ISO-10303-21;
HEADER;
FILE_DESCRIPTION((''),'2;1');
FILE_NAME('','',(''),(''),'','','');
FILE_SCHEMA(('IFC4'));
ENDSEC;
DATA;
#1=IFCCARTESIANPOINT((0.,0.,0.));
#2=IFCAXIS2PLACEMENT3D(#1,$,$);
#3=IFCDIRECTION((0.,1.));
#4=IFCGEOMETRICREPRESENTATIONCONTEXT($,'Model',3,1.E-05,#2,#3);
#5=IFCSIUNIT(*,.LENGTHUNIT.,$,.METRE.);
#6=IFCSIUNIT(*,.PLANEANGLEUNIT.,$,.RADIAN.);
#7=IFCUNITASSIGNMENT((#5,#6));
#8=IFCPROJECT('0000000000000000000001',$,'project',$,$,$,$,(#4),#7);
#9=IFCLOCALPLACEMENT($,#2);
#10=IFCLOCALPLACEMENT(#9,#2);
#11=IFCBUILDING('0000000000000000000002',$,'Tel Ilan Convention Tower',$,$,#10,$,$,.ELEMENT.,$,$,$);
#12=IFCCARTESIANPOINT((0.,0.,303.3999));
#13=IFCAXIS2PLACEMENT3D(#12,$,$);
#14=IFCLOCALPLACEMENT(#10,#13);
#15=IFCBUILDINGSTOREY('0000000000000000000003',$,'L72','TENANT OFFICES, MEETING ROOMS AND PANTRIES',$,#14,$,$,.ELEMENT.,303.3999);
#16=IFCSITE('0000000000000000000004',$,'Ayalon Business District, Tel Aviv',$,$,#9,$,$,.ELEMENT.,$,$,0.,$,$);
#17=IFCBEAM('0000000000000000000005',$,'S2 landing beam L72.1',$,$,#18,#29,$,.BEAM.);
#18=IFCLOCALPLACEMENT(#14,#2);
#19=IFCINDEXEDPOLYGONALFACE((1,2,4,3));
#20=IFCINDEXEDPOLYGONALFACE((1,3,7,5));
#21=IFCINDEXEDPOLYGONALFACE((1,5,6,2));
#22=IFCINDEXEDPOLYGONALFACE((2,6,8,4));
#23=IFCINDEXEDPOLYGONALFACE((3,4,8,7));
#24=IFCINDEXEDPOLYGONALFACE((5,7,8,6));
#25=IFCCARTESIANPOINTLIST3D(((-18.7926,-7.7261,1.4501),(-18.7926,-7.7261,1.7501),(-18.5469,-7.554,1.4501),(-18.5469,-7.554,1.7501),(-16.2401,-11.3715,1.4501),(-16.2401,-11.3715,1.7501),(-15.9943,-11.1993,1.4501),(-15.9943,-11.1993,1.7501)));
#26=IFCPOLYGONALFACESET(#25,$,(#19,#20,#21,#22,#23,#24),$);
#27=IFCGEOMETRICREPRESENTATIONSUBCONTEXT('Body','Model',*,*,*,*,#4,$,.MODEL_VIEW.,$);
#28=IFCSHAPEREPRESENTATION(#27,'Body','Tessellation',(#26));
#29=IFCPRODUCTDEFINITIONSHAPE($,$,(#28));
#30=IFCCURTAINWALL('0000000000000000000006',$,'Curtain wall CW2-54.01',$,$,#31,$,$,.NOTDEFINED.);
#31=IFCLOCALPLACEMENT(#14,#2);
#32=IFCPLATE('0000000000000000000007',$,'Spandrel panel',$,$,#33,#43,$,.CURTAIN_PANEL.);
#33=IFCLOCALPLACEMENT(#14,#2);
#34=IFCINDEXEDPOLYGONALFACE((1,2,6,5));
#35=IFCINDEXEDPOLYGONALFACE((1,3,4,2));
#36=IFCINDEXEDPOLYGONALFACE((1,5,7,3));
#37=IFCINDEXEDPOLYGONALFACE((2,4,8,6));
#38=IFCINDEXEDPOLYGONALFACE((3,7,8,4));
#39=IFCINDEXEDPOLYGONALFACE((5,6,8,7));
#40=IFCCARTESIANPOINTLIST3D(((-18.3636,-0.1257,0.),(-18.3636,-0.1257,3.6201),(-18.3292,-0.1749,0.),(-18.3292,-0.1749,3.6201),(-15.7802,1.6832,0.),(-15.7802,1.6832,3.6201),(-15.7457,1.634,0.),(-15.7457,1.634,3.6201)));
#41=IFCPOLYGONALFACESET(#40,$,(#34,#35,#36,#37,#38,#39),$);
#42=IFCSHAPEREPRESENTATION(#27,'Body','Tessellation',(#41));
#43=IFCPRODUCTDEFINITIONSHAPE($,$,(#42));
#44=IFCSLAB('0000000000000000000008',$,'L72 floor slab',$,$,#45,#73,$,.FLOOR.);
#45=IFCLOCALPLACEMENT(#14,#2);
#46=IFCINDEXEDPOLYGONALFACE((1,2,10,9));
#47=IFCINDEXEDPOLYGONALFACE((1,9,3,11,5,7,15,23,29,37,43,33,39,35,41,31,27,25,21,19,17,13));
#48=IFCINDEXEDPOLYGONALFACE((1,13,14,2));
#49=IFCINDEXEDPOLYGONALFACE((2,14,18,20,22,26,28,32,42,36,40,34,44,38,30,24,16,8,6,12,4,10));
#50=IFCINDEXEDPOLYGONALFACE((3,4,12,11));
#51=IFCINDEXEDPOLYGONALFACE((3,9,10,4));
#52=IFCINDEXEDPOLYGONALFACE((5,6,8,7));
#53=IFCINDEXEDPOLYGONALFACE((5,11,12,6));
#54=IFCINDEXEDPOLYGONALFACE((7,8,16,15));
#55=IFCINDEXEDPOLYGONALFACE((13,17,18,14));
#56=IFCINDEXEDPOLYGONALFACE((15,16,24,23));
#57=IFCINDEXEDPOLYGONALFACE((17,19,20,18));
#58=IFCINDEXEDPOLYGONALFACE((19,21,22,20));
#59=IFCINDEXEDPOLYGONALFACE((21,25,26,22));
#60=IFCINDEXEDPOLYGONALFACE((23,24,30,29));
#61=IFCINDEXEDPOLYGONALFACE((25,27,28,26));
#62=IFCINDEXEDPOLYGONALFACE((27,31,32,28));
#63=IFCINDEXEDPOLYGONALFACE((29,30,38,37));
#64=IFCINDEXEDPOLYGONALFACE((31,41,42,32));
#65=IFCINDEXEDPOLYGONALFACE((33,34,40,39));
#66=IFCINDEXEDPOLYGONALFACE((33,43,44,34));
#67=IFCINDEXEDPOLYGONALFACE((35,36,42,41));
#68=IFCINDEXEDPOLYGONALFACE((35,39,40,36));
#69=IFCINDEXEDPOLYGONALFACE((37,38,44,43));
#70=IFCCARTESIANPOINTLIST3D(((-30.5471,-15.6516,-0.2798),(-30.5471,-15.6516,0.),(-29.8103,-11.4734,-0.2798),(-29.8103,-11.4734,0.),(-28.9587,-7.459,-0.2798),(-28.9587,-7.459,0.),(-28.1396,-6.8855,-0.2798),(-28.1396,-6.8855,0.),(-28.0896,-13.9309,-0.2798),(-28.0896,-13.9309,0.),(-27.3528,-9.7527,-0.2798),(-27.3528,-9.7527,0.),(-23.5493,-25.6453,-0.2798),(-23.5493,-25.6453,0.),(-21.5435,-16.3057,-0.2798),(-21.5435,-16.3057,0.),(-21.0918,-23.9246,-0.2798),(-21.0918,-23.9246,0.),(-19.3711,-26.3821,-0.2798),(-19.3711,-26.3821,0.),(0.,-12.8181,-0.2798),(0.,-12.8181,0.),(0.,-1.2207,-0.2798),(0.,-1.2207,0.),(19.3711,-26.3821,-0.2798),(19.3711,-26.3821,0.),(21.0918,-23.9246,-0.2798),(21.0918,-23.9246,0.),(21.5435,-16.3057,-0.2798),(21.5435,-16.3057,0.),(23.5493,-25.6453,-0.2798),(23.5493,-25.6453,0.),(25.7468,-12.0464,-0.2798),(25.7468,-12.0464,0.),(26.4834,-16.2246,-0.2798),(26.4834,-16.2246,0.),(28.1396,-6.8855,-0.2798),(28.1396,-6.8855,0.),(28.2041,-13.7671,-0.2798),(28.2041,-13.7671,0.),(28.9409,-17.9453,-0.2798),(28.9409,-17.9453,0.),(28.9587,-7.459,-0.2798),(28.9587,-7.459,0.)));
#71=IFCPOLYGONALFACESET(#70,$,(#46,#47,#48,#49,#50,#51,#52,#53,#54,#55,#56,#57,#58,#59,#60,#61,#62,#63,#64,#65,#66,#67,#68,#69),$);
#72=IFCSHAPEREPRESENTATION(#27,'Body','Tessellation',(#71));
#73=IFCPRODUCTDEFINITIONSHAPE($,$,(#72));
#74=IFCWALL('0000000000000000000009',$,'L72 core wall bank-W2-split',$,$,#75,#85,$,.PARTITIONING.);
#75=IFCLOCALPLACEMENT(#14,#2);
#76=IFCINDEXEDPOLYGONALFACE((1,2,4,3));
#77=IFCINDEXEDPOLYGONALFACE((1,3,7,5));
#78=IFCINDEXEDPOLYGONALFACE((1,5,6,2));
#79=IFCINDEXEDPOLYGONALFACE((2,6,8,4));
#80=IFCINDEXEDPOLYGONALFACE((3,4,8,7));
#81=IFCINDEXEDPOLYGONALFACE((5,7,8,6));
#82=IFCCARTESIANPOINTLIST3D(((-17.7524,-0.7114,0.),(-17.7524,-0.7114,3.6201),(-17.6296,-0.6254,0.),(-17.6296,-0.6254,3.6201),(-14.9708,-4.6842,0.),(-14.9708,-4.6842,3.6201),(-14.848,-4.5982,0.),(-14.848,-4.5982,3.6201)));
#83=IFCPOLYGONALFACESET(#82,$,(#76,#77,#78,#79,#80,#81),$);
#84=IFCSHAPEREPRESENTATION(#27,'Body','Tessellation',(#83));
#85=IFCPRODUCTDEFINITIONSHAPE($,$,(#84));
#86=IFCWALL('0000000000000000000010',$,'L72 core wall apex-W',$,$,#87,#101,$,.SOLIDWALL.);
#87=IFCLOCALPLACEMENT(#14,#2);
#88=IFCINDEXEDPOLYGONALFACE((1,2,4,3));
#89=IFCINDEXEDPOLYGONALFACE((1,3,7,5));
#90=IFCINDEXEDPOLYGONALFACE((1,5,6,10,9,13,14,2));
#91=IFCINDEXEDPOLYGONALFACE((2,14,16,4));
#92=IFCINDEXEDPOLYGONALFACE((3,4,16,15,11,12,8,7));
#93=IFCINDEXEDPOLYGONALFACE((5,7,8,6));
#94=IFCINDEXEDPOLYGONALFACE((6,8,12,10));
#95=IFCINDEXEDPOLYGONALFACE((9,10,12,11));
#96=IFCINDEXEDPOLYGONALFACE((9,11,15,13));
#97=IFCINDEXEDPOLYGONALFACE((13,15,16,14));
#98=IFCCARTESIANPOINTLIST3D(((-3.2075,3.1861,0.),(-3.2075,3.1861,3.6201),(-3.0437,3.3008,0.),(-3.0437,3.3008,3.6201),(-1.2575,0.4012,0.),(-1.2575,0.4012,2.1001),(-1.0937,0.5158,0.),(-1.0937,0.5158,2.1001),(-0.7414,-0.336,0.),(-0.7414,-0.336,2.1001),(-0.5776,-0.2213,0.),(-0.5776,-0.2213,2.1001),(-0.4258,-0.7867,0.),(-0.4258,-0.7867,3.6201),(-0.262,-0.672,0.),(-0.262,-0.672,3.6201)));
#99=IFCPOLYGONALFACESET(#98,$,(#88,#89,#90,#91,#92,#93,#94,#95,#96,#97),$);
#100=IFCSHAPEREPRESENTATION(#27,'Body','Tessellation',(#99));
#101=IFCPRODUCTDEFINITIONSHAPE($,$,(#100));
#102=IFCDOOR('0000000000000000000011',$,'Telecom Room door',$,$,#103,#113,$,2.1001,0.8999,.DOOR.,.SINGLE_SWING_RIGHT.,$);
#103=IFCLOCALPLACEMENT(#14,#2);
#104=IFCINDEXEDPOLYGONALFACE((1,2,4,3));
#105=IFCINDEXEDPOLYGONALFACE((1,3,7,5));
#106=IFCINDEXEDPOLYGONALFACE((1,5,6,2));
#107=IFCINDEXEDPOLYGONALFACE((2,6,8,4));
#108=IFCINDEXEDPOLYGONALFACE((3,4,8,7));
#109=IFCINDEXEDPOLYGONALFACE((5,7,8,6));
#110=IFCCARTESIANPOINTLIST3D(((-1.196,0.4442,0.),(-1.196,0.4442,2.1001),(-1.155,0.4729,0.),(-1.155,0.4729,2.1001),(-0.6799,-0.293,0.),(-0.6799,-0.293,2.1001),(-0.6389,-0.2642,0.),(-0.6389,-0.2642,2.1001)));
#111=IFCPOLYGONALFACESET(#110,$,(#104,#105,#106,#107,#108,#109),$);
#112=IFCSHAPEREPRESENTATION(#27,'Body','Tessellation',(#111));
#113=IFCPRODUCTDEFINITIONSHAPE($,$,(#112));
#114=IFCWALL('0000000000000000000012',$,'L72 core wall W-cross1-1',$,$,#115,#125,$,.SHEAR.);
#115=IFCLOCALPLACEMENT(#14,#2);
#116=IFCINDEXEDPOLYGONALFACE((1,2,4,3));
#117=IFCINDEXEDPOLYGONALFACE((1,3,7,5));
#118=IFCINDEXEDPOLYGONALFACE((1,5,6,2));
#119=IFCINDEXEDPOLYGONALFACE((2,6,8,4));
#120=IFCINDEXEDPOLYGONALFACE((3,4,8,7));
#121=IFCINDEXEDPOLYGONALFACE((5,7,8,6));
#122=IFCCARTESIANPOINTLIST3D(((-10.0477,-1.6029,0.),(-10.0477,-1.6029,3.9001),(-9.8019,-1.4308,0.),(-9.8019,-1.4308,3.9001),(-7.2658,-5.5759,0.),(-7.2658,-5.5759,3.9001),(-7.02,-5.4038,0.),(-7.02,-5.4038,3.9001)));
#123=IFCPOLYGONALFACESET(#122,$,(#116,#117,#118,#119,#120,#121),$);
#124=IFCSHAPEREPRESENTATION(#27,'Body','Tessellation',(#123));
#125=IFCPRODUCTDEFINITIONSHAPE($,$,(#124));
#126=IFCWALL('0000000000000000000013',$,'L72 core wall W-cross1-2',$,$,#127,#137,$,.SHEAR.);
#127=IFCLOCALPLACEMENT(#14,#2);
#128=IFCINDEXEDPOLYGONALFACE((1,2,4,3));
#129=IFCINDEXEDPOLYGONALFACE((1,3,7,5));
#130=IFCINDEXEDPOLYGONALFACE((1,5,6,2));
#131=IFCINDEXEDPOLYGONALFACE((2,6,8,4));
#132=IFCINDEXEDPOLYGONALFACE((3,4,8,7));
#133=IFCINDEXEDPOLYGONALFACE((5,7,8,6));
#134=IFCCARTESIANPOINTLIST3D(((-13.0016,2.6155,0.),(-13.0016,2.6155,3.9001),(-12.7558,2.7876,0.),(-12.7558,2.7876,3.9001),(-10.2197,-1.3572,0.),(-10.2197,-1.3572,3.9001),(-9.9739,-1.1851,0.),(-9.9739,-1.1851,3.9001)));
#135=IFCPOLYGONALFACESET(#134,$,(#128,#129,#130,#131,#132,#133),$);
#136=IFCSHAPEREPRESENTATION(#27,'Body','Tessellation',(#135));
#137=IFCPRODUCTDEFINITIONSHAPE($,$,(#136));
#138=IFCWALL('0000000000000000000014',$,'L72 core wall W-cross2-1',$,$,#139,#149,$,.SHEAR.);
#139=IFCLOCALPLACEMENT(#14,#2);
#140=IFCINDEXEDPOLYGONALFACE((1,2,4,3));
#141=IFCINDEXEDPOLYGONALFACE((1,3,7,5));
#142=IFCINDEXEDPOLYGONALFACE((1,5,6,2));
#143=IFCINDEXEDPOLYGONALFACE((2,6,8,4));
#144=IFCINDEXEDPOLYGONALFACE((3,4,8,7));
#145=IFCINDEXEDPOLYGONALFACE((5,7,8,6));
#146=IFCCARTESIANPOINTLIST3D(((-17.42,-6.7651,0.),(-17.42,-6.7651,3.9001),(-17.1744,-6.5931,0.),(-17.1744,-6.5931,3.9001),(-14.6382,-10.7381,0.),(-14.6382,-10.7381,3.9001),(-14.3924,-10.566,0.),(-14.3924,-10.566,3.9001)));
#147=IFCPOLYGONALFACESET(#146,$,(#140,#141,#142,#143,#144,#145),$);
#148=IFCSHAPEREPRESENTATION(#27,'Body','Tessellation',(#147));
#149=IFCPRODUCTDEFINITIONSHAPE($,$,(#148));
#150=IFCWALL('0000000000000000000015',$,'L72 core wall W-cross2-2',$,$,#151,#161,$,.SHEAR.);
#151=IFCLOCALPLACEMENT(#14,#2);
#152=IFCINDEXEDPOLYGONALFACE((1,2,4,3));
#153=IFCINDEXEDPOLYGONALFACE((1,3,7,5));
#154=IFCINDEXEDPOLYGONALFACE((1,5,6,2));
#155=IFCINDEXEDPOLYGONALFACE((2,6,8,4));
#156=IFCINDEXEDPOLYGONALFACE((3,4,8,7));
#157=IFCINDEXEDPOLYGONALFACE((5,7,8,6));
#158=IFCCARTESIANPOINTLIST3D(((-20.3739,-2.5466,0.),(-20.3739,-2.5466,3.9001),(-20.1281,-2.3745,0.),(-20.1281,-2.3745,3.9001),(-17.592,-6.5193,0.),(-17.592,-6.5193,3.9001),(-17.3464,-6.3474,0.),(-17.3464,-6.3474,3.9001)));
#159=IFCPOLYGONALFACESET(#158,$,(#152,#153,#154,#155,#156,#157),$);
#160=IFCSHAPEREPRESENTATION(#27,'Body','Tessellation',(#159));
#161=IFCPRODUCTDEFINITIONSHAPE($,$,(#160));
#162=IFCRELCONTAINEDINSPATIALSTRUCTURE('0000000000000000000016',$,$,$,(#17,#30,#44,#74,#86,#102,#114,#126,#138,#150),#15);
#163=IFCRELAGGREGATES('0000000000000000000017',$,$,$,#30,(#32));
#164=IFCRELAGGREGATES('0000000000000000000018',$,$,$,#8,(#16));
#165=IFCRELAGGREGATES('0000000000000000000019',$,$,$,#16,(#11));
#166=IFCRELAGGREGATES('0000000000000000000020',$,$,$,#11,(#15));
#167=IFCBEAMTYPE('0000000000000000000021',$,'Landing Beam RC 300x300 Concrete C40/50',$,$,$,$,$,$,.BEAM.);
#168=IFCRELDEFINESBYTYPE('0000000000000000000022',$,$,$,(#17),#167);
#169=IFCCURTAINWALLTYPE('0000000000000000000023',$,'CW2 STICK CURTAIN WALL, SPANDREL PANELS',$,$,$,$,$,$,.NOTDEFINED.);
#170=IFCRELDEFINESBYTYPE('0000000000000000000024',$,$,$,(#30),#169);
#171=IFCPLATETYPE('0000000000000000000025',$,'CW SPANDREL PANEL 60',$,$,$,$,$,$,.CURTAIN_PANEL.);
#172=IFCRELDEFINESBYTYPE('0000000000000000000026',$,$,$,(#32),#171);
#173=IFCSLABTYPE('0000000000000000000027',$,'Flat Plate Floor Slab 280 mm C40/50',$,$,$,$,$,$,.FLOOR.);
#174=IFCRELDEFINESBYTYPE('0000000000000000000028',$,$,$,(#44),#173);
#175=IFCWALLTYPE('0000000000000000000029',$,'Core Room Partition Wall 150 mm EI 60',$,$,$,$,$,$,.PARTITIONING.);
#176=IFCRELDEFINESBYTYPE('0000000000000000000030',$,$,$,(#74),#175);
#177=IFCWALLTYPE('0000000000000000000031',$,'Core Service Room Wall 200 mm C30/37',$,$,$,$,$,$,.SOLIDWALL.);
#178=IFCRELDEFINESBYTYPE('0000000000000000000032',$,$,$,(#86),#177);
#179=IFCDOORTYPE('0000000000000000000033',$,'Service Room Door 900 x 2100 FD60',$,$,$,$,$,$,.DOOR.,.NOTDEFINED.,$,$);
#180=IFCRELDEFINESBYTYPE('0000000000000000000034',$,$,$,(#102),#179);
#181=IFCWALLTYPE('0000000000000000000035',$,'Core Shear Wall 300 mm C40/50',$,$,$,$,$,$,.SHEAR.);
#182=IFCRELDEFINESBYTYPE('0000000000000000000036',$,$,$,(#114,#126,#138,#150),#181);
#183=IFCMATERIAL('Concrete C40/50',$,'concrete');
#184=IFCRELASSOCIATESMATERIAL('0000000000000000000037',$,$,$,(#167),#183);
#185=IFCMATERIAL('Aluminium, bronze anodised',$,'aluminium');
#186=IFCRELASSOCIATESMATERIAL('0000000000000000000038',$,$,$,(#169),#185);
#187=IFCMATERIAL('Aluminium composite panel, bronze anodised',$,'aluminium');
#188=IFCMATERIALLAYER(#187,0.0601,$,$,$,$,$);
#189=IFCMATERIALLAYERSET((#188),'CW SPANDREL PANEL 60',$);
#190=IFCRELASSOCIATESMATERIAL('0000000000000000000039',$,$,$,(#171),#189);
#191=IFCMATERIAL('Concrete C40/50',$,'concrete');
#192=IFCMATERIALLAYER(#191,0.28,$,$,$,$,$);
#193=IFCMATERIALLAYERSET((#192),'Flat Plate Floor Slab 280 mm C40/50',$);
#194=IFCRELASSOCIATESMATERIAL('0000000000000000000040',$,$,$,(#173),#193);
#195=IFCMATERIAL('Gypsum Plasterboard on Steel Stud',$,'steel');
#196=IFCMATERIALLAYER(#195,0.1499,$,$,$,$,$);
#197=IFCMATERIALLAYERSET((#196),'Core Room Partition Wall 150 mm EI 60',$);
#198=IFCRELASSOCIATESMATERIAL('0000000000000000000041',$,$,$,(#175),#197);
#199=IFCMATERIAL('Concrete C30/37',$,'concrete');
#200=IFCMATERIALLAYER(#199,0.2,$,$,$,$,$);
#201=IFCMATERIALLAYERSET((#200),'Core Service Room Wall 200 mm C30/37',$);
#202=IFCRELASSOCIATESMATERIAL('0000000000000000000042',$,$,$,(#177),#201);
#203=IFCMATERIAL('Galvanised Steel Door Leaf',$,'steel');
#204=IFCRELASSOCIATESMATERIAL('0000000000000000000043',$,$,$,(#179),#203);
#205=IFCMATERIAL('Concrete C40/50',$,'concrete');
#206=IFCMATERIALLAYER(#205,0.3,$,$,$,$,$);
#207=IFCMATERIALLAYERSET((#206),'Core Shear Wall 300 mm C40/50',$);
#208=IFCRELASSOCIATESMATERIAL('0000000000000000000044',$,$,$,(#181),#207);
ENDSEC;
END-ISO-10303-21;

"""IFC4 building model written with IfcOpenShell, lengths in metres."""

from ifc_helpers import new_model, si_unit, direction, frame, frame_2d, origin, origin_2d, place, context, subcontext, project, spatial, polyline, rectangle, outline, extrude, material, layer, layer_set, material_profile, profile_set, type_object, element, fill, aggregate, save


model = new_model("IFC4")

# Units and contexts
model_context = context("Model", 3, precision=1e-05, world=origin(), true_north=direction((0.0, 1.0)))
body_context = subcontext(model_context, "Body", "Model", "MODEL_VIEW")
ifc_project = project(units=[si_unit("LENGTHUNIT", "METRE"), si_unit("PLANEANGLEUNIT", "RADIAN")], contexts=[model_context])

# Site, building, storey
site_placement = place(None, origin())
site = spatial("IfcSite", under=ifc_project, at=site_placement, Name="Ayalon Business District, Tel Aviv", CompositionType="ELEMENT", RefElevation=0.0)
building_placement = place(site_placement, origin())
building = spatial("IfcBuilding", under=site, at=building_placement, Name="Tel Ilan Convention Tower", CompositionType="ELEMENT")
storey_placement = place(building_placement, frame((0.0, 0.0, 303.3999)))
storey = spatial("IfcBuildingStorey", under=building, at=storey_placement, Name="L72", Description="TENANT OFFICES, MEETING ROOMS AND PANTRIES", CompositionType="ELEMENT", Elevation=303.3999)

# Beam
ifc_material_1 = material(Name="Concrete C40/50", Category="concrete")
ifc_material_profile = material_profile(ifc_material_1, rectangle(XDim=0.3, YDim=0.3, at=origin_2d()), Name="RC 300x300")
ifc_profile_set = profile_set([ifc_material_profile], Name="Concrete C40/50")
beam_type = type_object("IfcBeamType", Name="Landing Beam RC 300x300 Concrete C40/50", PredefinedType="BEAM", material=ifc_profile_set)
beam_placement = place(storey_placement, frame((-16.1172, -11.2854, 1.6001), z_axis=(-0.573584, 0.819147, 0.0), x_axis=(-0.819147, -0.573584, 0.0)))
element("IfcBeam", 1, at=beam_placement, inside=storey, type_object=beam_type, Name="S2 landing beam L72.1", PredefinedType="BEAM", context=body_context, shape_type="SweptSolid", body=[
    extrude(rectangle(XDim=0.3, YDim=0.3, at=origin_2d()), origin(), (0.0, 0.0, 1.0), 4.4502),
])

# Curtain wall, plate
ifc_material_2 = material(Name="Aluminium, bronze anodised", Category="aluminium")
curtain_wall_type = type_object("IfcCurtainWallType", Name="CW2 STICK CURTAIN WALL, SPANDREL PANELS", PredefinedType="NOTDEFINED", material=ifc_material_2)
curtain_wall_placement = place(storey_placement, origin())
curtain_wall = element("IfcCurtainWall", 2, at=curtain_wall_placement, inside=storey, type_object=curtain_wall_type, Name="Curtain wall CW2-54.01", PredefinedType="NOTDEFINED")
ifc_material_3 = material(Name="Aluminium composite panel, bronze anodised", Category="aluminium")
ifc_layer_1 = layer(ifc_material_3, 0.0601)
ifc_layer_set_1 = layer_set([ifc_layer_1], Name="CW SPANDREL PANEL 60")
plate_type = type_object("IfcPlateType", Name="CW SPANDREL PANEL 60", PredefinedType="CURTAIN_PANEL", material=ifc_layer_set_1)
plate_placement = place(storey_placement, frame((-17.0547, 0.7542, 0.0), z_axis=(0.0, 0.0, 1.0), x_axis=(-0.819152, -0.573576, 0.0)))
plate = element("IfcPlate", 3, at=plate_placement, type_object=plate_type, Name="Spandrel panel", PredefinedType="CURTAIN_PANEL", context=body_context, shape_type="SweptSolid", body=[
    extrude(rectangle(XDim=3.1538, YDim=0.0601, at=origin_2d()), origin(), (0.0, 0.0, 1.0), 3.6201),
])
aggregate(curtain_wall, [plate])

# Slab
ifc_material_4 = material(Name="Concrete C40/50", Category="concrete")
ifc_layer_2 = layer(ifc_material_4, 0.28)
ifc_layer_set_2 = layer_set([ifc_layer_2], Name="Flat Plate Floor Slab 280 mm C40/50")
slab_type_1 = type_object("IfcSlabType", Name="Flat Plate Floor Slab 280 mm C40/50", PredefinedType="FLOOR", material=ifc_layer_set_2)
slab_1_placement = place(storey_placement, frame((0.0, 0.0, -0.2798)))
element("IfcSlab", 4, at=slab_1_placement, inside=storey, type_object=slab_type_1, Name="L72 floor slab", PredefinedType="FLOOR", context=body_context, shape_type="SweptSolid", body=[
    extrude(outline(polyline([(-21.5435, -16.3057), (0.0, -1.2207), (21.5435, -16.3057), (28.1396, -6.8855), (28.9587, -7.459), (25.7468, -12.0464), (28.2041, -13.7671), (26.4834, -16.2246), (28.9409, -17.9453), (23.5493, -25.6453), (21.0918, -23.9246), (19.3711, -26.3821), (0.0, -12.8181), (-19.3711, -26.3821), (-21.0918, -23.9246), (-23.5493, -25.6453), (-30.5471, -15.6516), (-28.0896, -13.9309), (-29.8103, -11.4734), (-27.3528, -9.7527), (-28.9587, -7.459), (-28.1396, -6.8855), (-21.5435, -16.3057)])), origin(), (0.0, 0.0, 1.0), 0.2798),
])

# Wall
ifc_material_5 = material(Name="Gypsum Plasterboard on Steel Stud", Category="steel")
ifc_layer_3 = layer(ifc_material_5, 0.1499)
ifc_layer_set_3 = layer_set([ifc_layer_3], Name="Core Room Partition Wall 150 mm EI 60")
wall_type_1 = type_object("IfcWallType", Name="Core Room Partition Wall 150 mm EI 60", PredefinedType="PARTITIONING", material=ifc_layer_set_3)
wall_1_placement = place(storey_placement, frame((-14.9094, -4.6411, 0.0), z_axis=(0.0, 0.0, 1.0), x_axis=(-0.57356, 0.819163, 0.0)))
element("IfcWall", 5, at=wall_1_placement, inside=storey, type_object=wall_type_1, Name="L72 core wall bank-W2-split", PredefinedType="PARTITIONING", context=body_context, shape_type="SweptSolid", body=[
    extrude(rectangle(XDim=4.8499, YDim=0.1499, at=frame_2d((2.4248, 0.0))), origin(), (0.0, 0.0, 1.0), 3.6201),
])

# Wall, opening, door
ifc_material_6 = material(Name="Concrete C30/37", Category="concrete")
ifc_layer_4 = layer(ifc_material_6, 0.2)
ifc_layer_set_4 = layer_set([ifc_layer_4], Name="Core Service Room Wall 200 mm C30/37")
wall_type_2 = type_object("IfcWallType", Name="Core Service Room Wall 200 mm C30/37", PredefinedType="SOLIDWALL", material=ifc_layer_set_4)
wall_2_placement = place(storey_placement, frame((-0.344, -0.7292, 0.0), z_axis=(0.0, 0.0, 1.0), x_axis=(-0.57356, 0.819163, 0.0)))
wall_2 = element("IfcWall", 6, at=wall_2_placement, inside=storey, type_object=wall_type_2, Name="L72 core wall apex-W", PredefinedType="SOLIDWALL", context=body_context, shape_type="SweptSolid", body=[
    extrude(rectangle(XDim=4.8499, YDim=0.2, at=frame_2d((2.4248, 0.0))), origin(), (0.0, 0.0, 1.0), 3.6201),
])
opening_1_placement = place(wall_2_placement, frame((0.55, 0.0, 0.0)))
opening_1 = element("IfcOpeningElement", 7, at=opening_1_placement, cuts=wall_2, PredefinedType="OPENING", context=body_context, shape_type="SweptSolid", body=[
    extrude(rectangle(XDim=0.8999, YDim=2.1001, at=frame_2d((0.45, 1.05))), frame((0.0, 0.1099, 0.0), z_axis=(0.0, -1.0, 0.0), x_axis=(1.0, 0.0, 0.0)), (0.0, 0.0, 1.0), 0.22),
])
ifc_material_7 = material(Name="Galvanised Steel Door Leaf", Category="steel")
door_type_1 = type_object("IfcDoorType", Name="Service Room Door 900 x 2100 FD60", OperationType="NOTDEFINED", PredefinedType="DOOR", material=ifc_material_7)
door_1_placement = place(opening_1_placement, origin())
door_1 = element("IfcDoor", 8, at=door_1_placement, inside=storey, type_object=door_type_1, Name="Telecom Room door", OperationType="SINGLE_SWING_RIGHT", OverallHeight=2.1001, OverallWidth=0.8999, PredefinedType="DOOR", context=body_context, shape_type="SweptSolid", body=[
    extrude(rectangle(XDim=0.8999, YDim=2.1001, at=frame_2d((0.45, 1.05))), frame((0.0, 0.0249, 0.0), z_axis=(0.0, -1.0, 0.0), x_axis=(1.0, 0.0, 0.0)), (0.0, 0.0, 1.0), 0.05),
])
fill(opening_1, door_1)

# Walls
ifc_material_8 = material(Name="Concrete C40/50", Category="concrete")
ifc_layer_5 = layer(ifc_material_8, 0.3)
ifc_layer_set_5 = layer_set([ifc_layer_5], Name="Core Shear Wall 300 mm C40/50")
wall_type_3 = type_object("IfcWallType", Name="Core Shear Wall 300 mm C40/50", PredefinedType="SHEAR", material=ifc_layer_set_5)
wall_3_placement = place(storey_placement, frame((-7.1428, -5.4897, 0.0), z_axis=(0.0, 0.0, 1.0), x_axis=(-0.573618, 0.819123, 0.0)))
element("IfcWall", 9, at=wall_3_placement, inside=storey, type_object=wall_type_3, Name="L72 core wall W-cross1-1", PredefinedType="SHEAR", context=body_context, shape_type="SweptSolid", body=[
    extrude(outline(polyline([(4.8501, 0.1499), (0.0, 0.1501), (0.0, -0.1499), (4.8501, -0.1501), (4.8501, 0.1499)])), origin(), (0.0, 0.0, 1.0), 3.9001),
])
wall_4_placement = place(storey_placement, frame((-10.0969, -1.2712, 0.0), z_axis=(0.0, 0.0, 1.0), x_axis=(-0.57356, 0.819163, 0.0)))
element("IfcWall", 10, at=wall_4_placement, inside=storey, type_object=wall_type_3, Name="L72 core wall W-cross1-2", PredefinedType="SHEAR", context=body_context, shape_type="SweptSolid", body=[
    extrude(outline(polyline([(4.8499, -0.1499), (4.8499, 0.1501), (0.0, 0.1499), (0.0, -0.1501), (4.8499, -0.1499)])), origin(), (0.0, 0.0, 1.0), 3.9001),
])
wall_5_placement = place(storey_placement, frame((-14.5154, -10.6521, 0.0), z_axis=(0.0, 0.0, 1.0), x_axis=(-0.57356, 0.819163, 0.0)))
element("IfcWall", 11, at=wall_5_placement, inside=storey, type_object=wall_type_3, Name="L72 core wall W-cross2-1", PredefinedType="SHEAR", context=body_context, shape_type="SweptSolid", body=[
    extrude(outline(polyline([(4.8501, 0.1499), (0.0, 0.1499), (0.0, -0.1501), (4.8501, -0.1499), (4.8501, 0.1499)])), origin(), (0.0, 0.0, 1.0), 3.9001),
])
wall_6_placement = place(storey_placement, frame((-17.4692, -6.4333, 0.0), z_axis=(0.0, 0.0, 1.0), x_axis=(-0.573594, 0.81914, 0.0)))
element("IfcWall", 12, at=wall_6_placement, inside=storey, type_object=wall_type_3, Name="L72 core wall W-cross2-2", PredefinedType="SHEAR", context=body_context, shape_type="SweptSolid", body=[
    extrude(outline(polyline([(4.8499, -0.1501), (4.8499, 0.1499), (0.0, 0.1499), (0.0, -0.1499), (4.8499, -0.1501)])), origin(), (0.0, 0.0, 1.0), 3.9001),
])

save(model, "model.ifc")
